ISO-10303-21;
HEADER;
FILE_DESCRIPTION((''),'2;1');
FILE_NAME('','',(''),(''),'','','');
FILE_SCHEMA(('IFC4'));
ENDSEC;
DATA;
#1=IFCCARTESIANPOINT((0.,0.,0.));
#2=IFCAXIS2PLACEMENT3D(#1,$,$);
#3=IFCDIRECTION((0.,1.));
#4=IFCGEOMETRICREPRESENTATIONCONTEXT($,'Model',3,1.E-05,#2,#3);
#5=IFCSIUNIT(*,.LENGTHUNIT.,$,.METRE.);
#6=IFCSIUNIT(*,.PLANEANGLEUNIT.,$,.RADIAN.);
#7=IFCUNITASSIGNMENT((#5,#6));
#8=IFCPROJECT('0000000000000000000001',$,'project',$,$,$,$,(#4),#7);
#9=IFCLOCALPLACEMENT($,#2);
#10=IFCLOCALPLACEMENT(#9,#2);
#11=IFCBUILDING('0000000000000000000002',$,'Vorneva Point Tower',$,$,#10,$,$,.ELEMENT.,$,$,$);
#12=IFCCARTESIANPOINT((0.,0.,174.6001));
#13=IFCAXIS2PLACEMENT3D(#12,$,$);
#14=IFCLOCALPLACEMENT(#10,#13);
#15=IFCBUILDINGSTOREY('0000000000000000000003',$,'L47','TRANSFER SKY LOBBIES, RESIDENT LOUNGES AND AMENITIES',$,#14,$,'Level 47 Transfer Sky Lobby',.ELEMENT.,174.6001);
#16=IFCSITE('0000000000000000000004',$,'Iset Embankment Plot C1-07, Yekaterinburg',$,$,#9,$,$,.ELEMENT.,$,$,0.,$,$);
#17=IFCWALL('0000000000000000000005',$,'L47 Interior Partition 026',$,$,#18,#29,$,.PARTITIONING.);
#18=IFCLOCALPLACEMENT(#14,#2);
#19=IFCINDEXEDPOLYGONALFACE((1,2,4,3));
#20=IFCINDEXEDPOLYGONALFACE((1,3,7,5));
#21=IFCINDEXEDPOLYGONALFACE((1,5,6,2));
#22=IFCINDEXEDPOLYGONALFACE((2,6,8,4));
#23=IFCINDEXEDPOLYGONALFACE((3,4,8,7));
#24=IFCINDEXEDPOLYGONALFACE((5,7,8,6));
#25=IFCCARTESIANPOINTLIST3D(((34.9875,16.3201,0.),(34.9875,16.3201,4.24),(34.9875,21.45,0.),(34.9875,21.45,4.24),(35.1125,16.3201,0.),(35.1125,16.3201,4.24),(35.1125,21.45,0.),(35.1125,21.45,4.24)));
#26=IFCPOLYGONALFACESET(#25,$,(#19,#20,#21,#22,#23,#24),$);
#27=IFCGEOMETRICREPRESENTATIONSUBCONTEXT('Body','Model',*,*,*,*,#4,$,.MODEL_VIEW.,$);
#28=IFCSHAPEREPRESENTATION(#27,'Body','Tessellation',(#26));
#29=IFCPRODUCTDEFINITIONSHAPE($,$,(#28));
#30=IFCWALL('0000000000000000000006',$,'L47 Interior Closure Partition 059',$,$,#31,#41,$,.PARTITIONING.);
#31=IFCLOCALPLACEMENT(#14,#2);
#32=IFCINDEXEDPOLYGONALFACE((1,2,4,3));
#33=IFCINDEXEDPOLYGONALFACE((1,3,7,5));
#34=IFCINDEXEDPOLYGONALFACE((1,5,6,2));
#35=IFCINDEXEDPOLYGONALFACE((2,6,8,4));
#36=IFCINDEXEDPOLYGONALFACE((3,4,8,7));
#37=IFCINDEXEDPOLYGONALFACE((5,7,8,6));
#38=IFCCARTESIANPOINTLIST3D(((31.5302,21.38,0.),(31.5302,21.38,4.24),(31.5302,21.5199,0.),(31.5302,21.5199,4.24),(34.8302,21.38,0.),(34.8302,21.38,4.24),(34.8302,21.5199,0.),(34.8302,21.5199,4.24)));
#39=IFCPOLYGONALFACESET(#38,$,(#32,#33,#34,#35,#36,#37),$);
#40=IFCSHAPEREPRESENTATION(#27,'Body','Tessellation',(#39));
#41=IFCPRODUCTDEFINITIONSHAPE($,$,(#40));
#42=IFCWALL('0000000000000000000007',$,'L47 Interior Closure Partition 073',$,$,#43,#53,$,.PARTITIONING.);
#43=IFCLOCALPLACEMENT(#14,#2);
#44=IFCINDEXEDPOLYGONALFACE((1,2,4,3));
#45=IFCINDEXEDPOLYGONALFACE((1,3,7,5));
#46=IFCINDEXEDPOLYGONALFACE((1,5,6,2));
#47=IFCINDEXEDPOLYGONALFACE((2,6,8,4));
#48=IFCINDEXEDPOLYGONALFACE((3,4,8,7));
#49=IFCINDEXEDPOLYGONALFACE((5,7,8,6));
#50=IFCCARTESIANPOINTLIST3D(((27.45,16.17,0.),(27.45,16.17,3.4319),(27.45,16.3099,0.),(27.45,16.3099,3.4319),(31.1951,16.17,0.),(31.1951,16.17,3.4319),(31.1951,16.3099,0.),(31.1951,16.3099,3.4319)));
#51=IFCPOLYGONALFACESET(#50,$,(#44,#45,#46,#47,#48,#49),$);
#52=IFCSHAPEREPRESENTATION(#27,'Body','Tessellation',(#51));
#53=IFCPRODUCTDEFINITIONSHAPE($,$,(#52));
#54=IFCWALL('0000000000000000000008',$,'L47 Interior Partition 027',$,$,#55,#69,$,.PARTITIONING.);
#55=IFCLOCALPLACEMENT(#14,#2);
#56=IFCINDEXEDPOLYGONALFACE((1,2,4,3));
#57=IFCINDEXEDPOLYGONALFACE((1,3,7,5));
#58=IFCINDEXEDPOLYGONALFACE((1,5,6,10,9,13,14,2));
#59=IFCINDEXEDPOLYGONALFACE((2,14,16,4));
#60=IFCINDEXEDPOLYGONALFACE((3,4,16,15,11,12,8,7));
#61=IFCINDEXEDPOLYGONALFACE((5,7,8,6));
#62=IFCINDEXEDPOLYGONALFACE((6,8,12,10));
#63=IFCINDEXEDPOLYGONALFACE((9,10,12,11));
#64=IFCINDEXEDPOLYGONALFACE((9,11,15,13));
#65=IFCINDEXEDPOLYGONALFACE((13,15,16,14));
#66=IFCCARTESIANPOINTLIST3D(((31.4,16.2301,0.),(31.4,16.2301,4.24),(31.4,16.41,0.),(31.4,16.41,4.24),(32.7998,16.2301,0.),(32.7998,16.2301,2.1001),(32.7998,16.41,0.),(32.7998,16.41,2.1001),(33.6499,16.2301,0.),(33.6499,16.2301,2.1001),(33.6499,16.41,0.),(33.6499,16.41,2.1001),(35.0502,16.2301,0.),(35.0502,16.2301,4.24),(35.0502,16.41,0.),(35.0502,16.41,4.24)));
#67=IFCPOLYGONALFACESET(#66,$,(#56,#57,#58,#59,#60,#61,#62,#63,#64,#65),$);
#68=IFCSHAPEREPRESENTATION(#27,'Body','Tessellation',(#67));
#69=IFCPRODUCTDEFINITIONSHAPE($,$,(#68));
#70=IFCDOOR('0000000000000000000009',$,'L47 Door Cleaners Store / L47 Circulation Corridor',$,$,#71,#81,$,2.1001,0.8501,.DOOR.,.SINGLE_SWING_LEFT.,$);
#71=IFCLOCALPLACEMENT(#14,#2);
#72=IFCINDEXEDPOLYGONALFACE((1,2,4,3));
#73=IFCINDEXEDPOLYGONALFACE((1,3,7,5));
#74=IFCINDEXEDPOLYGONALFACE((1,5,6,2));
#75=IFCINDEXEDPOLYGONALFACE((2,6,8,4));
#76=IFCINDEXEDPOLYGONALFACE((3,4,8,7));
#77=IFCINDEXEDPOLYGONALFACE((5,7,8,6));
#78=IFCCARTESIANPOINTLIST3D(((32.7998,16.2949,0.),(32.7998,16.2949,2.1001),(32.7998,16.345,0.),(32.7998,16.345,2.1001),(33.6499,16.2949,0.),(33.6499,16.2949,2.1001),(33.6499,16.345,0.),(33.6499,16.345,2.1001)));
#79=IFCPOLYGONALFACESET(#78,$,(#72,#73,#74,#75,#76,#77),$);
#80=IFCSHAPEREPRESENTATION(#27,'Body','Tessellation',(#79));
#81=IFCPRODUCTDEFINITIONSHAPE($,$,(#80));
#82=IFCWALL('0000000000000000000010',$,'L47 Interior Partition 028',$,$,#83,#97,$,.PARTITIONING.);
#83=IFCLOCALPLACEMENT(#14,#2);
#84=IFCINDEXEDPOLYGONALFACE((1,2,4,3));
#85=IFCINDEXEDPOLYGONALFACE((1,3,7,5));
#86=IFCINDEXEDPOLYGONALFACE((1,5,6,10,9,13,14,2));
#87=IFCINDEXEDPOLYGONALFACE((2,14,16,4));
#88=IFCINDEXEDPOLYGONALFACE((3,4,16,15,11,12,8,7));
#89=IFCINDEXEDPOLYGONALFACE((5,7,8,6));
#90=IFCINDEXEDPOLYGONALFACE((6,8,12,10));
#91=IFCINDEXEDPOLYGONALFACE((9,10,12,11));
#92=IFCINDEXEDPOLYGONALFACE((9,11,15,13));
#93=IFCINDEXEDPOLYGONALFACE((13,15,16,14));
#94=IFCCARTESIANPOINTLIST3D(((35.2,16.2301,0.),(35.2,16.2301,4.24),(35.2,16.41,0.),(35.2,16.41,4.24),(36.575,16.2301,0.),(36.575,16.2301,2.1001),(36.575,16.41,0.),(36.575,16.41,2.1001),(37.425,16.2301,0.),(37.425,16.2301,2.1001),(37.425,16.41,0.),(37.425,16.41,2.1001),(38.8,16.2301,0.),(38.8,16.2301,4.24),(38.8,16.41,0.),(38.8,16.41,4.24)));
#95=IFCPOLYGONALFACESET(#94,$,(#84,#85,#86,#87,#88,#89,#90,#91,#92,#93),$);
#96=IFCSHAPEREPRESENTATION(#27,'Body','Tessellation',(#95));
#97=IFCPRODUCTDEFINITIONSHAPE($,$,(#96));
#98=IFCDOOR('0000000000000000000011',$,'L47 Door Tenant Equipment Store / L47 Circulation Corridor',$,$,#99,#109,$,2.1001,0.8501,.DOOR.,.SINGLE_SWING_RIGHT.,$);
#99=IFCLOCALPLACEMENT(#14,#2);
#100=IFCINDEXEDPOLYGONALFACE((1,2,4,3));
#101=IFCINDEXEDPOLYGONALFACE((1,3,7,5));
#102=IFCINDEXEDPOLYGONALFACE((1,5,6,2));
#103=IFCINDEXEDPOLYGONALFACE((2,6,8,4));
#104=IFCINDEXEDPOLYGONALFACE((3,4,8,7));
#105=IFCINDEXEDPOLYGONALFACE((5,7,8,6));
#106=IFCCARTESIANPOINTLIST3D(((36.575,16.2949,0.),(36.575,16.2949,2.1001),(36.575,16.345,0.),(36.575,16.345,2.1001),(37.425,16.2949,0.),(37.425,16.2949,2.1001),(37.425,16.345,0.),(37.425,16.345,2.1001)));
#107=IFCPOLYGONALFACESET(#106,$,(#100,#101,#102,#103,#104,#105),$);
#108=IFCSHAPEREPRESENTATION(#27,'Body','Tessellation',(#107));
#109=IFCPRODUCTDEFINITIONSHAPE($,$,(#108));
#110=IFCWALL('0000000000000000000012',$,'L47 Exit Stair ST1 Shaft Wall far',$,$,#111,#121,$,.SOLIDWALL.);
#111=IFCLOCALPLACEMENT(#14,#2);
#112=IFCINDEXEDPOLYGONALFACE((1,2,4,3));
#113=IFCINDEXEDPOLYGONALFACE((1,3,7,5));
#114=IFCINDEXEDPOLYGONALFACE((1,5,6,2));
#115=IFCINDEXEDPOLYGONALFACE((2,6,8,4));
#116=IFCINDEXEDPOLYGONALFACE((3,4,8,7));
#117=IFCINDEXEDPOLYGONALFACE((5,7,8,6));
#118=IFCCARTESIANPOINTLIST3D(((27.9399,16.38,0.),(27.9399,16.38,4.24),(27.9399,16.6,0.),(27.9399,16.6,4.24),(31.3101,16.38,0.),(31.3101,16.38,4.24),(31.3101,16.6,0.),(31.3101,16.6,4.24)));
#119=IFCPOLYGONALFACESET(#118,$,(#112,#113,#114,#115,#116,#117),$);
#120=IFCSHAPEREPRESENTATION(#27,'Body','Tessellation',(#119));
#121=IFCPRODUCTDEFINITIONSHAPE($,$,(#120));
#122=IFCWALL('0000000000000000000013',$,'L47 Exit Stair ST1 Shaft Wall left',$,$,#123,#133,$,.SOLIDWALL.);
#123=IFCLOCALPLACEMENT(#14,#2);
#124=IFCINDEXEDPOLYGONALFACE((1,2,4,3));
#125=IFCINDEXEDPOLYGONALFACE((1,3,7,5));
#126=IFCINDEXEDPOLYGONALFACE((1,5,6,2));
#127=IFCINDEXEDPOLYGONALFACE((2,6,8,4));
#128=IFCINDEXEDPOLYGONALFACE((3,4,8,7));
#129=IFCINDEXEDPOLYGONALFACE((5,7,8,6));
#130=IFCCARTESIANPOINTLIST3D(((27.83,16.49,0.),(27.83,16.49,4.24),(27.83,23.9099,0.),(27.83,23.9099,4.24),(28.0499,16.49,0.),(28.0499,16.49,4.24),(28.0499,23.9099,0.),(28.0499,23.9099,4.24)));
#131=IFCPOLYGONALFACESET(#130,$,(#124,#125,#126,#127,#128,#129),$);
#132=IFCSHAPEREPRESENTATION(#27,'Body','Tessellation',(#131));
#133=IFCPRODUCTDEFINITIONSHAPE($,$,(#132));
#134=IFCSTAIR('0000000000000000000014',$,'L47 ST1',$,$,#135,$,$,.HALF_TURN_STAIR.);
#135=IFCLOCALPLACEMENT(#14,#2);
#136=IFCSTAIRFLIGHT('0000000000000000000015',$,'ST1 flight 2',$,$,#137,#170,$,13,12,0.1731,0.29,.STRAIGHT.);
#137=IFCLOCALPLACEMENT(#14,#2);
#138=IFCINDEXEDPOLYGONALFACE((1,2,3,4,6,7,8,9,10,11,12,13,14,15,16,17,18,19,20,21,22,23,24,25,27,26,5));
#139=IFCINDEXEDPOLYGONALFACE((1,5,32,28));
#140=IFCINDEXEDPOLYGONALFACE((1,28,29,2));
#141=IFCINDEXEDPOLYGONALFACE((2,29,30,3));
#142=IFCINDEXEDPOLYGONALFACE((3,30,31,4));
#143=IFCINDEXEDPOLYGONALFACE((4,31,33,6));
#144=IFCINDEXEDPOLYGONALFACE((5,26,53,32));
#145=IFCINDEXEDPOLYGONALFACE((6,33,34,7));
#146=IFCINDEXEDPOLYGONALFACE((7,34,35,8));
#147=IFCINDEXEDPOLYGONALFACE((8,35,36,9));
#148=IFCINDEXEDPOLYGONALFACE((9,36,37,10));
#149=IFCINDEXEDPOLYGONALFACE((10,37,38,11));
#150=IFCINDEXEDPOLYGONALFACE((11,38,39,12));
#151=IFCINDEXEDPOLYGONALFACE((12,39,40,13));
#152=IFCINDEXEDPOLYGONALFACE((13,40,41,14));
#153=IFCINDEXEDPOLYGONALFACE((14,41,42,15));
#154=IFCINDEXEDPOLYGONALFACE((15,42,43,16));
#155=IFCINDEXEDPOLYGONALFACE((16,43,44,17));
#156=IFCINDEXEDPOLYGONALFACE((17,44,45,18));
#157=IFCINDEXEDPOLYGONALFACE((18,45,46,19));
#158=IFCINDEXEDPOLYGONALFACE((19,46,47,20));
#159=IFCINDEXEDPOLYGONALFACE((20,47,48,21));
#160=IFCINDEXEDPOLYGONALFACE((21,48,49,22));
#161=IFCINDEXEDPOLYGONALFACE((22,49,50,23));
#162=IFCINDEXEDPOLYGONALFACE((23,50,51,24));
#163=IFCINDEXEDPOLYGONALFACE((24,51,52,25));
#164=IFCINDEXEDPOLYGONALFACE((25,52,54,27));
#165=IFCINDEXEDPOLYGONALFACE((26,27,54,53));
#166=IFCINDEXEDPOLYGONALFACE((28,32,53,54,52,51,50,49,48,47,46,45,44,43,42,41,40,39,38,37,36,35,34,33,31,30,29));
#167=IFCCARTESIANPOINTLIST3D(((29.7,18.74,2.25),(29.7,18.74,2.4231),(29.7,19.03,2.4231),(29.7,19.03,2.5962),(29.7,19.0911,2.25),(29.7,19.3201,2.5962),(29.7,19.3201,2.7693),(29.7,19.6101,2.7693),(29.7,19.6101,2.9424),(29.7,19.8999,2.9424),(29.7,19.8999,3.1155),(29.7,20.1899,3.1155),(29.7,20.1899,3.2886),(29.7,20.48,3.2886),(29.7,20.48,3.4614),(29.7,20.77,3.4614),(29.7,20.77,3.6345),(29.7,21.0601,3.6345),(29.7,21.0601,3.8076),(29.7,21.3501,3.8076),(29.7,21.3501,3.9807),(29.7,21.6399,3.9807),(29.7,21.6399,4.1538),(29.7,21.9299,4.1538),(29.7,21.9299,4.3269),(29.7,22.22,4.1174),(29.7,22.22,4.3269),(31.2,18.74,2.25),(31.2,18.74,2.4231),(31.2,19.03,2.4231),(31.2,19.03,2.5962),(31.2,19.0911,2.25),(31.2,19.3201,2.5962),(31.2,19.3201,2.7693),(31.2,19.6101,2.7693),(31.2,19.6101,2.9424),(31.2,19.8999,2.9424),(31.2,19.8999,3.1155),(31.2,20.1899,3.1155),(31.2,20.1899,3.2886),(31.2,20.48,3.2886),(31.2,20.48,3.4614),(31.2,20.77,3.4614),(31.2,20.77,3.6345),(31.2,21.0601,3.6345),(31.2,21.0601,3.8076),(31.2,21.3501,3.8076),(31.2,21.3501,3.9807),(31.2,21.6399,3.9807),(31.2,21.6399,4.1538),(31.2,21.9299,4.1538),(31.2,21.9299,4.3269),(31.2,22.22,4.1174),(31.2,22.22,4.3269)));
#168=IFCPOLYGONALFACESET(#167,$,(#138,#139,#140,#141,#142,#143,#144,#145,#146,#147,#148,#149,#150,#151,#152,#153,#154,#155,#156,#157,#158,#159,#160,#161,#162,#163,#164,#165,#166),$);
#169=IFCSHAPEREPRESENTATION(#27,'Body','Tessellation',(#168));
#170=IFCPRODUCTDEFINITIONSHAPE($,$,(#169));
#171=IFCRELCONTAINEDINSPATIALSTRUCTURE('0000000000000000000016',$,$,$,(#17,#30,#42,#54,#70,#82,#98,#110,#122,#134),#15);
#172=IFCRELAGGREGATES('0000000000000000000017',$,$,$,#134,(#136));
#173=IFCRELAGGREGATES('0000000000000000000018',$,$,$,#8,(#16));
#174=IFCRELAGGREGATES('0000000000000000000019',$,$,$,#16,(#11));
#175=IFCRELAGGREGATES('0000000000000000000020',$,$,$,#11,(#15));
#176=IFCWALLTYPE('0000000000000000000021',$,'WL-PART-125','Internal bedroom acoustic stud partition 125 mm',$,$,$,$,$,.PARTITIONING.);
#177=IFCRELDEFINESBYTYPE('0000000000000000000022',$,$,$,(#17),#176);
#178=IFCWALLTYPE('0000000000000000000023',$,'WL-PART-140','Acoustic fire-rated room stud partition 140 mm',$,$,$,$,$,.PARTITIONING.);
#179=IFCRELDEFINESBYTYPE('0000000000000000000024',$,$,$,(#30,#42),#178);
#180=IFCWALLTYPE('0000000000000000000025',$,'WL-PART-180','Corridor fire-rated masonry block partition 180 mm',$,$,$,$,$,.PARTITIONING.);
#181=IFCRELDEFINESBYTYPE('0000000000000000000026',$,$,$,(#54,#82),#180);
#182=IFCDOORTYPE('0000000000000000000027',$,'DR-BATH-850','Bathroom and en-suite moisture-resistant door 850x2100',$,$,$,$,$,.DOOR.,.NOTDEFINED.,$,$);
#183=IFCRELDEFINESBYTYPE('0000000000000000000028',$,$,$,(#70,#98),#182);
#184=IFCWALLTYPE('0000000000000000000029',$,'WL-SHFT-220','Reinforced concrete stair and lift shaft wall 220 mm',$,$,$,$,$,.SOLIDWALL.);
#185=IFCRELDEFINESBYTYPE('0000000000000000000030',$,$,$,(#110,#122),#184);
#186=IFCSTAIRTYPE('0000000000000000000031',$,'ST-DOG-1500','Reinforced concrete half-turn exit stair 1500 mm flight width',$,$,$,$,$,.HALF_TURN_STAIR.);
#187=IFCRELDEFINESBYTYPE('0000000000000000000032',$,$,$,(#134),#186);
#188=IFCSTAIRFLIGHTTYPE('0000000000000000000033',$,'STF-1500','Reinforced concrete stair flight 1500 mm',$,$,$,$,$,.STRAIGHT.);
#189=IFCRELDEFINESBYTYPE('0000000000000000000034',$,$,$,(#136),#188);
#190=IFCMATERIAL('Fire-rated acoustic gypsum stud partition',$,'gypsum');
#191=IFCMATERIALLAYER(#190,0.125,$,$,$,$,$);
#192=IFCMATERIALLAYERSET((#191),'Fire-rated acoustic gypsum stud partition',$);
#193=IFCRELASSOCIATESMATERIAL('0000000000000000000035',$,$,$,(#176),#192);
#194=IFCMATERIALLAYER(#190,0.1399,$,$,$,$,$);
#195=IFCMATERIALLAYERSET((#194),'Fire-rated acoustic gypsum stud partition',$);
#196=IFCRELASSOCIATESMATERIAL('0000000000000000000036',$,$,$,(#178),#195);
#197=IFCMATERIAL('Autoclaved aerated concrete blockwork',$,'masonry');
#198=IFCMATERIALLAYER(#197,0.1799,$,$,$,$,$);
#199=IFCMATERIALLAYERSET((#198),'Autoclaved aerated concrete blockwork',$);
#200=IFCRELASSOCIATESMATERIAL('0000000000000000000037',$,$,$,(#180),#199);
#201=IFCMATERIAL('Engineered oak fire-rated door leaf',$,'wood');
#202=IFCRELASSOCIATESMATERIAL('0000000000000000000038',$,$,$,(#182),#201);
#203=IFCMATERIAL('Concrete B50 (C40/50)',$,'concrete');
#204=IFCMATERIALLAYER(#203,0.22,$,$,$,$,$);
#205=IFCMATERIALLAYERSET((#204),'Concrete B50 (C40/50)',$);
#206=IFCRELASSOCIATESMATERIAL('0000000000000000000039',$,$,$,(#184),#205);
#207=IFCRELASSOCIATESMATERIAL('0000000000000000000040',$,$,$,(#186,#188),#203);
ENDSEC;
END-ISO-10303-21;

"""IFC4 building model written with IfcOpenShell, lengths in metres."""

from ifc_helpers import new_model, si_unit, direction, frame, frame_2d, origin, place, context, subcontext, project, spatial, polyline, rectangle, outline, extrude, material, layer, layer_set, type_object, element, fill, aggregate, save


model = new_model("IFC4")

# Units and contexts
model_context = context("Model", 3, precision=1e-05, world=origin(), true_north=direction((0.0, 1.0)))
body_context = subcontext(model_context, "Body", "Model", "MODEL_VIEW")
ifc_project = project(units=[si_unit("LENGTHUNIT", "METRE"), si_unit("PLANEANGLEUNIT", "RADIAN")], contexts=[model_context])

# Site, building, storey
site_placement = place(None, origin())
site = spatial("IfcSite", under=ifc_project, at=site_placement, Name="Iset Embankment Plot C1-07, Yekaterinburg", CompositionType="ELEMENT", RefElevation=0.0)
building_placement = place(site_placement, origin())
building = spatial("IfcBuilding", under=site, at=building_placement, Name="Vorneva Point Tower", CompositionType="ELEMENT")
storey_placement = place(building_placement, frame((0.0, 0.0, 174.6001)))
storey = spatial("IfcBuildingStorey", under=building, at=storey_placement, Name="L47", Description="TRANSFER SKY LOBBIES, RESIDENT LOUNGES AND AMENITIES", LongName="Level 47 Transfer Sky Lobby", CompositionType="ELEMENT", Elevation=174.6001)

# Walls
ifc_material_1 = material(Name="Fire-rated acoustic gypsum stud partition", Category="gypsum")
ifc_layer_1 = layer(ifc_material_1, 0.125)
ifc_layer_set_1 = layer_set([ifc_layer_1], Name="Fire-rated acoustic gypsum stud partition")
wall_type_1 = type_object("IfcWallType", Name="WL-PART-125", Description="Internal bedroom acoustic stud partition 125 mm", PredefinedType="PARTITIONING", material=ifc_layer_set_1)
wall_1_placement = place(storey_placement, frame((35.05, 16.3201, 0.0), z_axis=(0.0, 0.0, 1.0), x_axis=(0.0, 1.0, 0.0)))
element("IfcWall", 1, at=wall_1_placement, inside=storey, type_object=wall_type_1, Name="L47 Interior Partition 026", PredefinedType="PARTITIONING", context=body_context, shape_type="SweptSolid", body=[
    extrude(rectangle(XDim=5.1299, YDim=0.125, at=frame_2d((2.5649, 0.0))), origin(), (0.0, 0.0, 1.0), 4.24),
])
ifc_layer_2 = layer(ifc_material_1, 0.1399)
ifc_layer_set_2 = layer_set([ifc_layer_2], Name="Fire-rated acoustic gypsum stud partition")
wall_type_2 = type_object("IfcWallType", Name="WL-PART-140", Description="Acoustic fire-rated room stud partition 140 mm", PredefinedType="PARTITIONING", material=ifc_layer_set_2)
wall_2_placement = place(storey_placement, frame((34.8301, 21.45, 0.0), z_axis=(0.0, 0.0, 1.0), x_axis=(-1.0, 0.0, 0.0)))
element("IfcWall", 2, at=wall_2_placement, inside=storey, type_object=wall_type_2, Name="L47 Interior Closure Partition 059", PredefinedType="PARTITIONING", context=body_context, shape_type="SweptSolid", body=[
    extrude(rectangle(XDim=3.3, YDim=0.1399, at=frame_2d((1.6499, 0.0))), origin(), (0.0, 0.0, 1.0), 4.24),
])
wall_3_placement = place(storey_placement, frame((27.45, 16.24, 0.0), z_axis=(0.0, 0.0, 1.0), x_axis=(1.0, 0.0, 0.0)))
element("IfcWall", 3, at=wall_3_placement, inside=storey, type_object=wall_type_2, Name="L47 Interior Closure Partition 073", PredefinedType="PARTITIONING", context=body_context, shape_type="SweptSolid", body=[
    extrude(rectangle(XDim=3.7451, YDim=0.1399, at=frame_2d((1.8726, 0.0))), origin(), (0.0, 0.0, 1.0), 3.4319),
])

# Walls, openings, doors
ifc_material_2 = material(Name="Autoclaved aerated concrete blockwork", Category="masonry")
ifc_layer_3 = layer(ifc_material_2, 0.1799)
ifc_layer_set_3 = layer_set([ifc_layer_3], Name="Autoclaved aerated concrete blockwork")
wall_type_3 = type_object("IfcWallType", Name="WL-PART-180", Description="Corridor fire-rated masonry block partition 180 mm", PredefinedType="PARTITIONING", material=ifc_layer_set_3)
wall_4_placement = place(storey_placement, frame((31.3999, 16.3201, 0.0), z_axis=(0.0, 0.0, 1.0), x_axis=(1.0, 0.0, 0.0)))
wall_4 = element("IfcWall", 4, at=wall_4_placement, inside=storey, type_object=wall_type_3, Name="L47 Interior Partition 027", PredefinedType="PARTITIONING", context=body_context, shape_type="SweptSolid", body=[
    extrude(rectangle(XDim=3.6501, YDim=0.1799, at=frame_2d((1.8252, 0.0))), origin(), (0.0, 0.0, 1.0), 4.24),
])
opening_1_placement = place(wall_4_placement, frame((1.3999, 0.0, 0.0)))
opening_1 = element("IfcOpeningElement", 5, at=opening_1_placement, cuts=wall_4, PredefinedType="OPENING", context=body_context, shape_type="SweptSolid", body=[
    extrude(rectangle(XDim=0.8501, YDim=2.1001, at=frame_2d((0.425, 1.05))), frame((0.0, 0.105, 0.0), z_axis=(0.0, -1.0, 0.0), x_axis=(1.0, 0.0, 0.0)), (0.0, 0.0, 1.0), 0.2097),
])
ifc_material_3 = material(Name="Engineered oak fire-rated door leaf", Category="wood")
door_type = type_object("IfcDoorType", Name="DR-BATH-850", Description="Bathroom and en-suite moisture-resistant door 850x2100", OperationType="NOTDEFINED", PredefinedType="DOOR", material=ifc_material_3)
door_1_placement = place(opening_1_placement, origin())
door_1 = element("IfcDoor", 6, at=door_1_placement, inside=storey, type_object=door_type, Name="L47 Door Cleaners Store / L47 Circulation Corridor", OperationType="SINGLE_SWING_LEFT", OverallHeight=2.1001, OverallWidth=0.8501, PredefinedType="DOOR", context=body_context, shape_type="SweptSolid", body=[
    extrude(rectangle(XDim=0.8501, YDim=2.1001, at=frame_2d((0.425, 1.05))), frame((0.0, 0.0249, 0.0), z_axis=(0.0, -1.0, 0.0), x_axis=(1.0, 0.0, 0.0)), (0.0, 0.0, 1.0), 0.05),
])
fill(opening_1, door_1)
wall_5_placement = place(storey_placement, frame((35.2, 16.3201, 0.0), z_axis=(0.0, 0.0, 1.0), x_axis=(1.0, 0.0, 0.0)))
wall_5 = element("IfcWall", 7, at=wall_5_placement, inside=storey, type_object=wall_type_3, Name="L47 Interior Partition 028", PredefinedType="PARTITIONING", context=body_context, shape_type="SweptSolid", body=[
    extrude(rectangle(XDim=3.6001, YDim=0.1799, at=frame_2d((1.8, 0.0))), origin(), (0.0, 0.0, 1.0), 4.24),
])
opening_2_placement = place(wall_5_placement, frame((1.375, 0.0, 0.0)))
opening_2 = element("IfcOpeningElement", 8, at=opening_2_placement, cuts=wall_5, PredefinedType="OPENING", context=body_context, shape_type="SweptSolid", body=[
    extrude(rectangle(XDim=0.8501, YDim=2.1001, at=frame_2d((0.425, 1.05))), frame((0.0, 0.105, 0.0), z_axis=(0.0, -1.0, 0.0), x_axis=(1.0, 0.0, 0.0)), (0.0, 0.0, 1.0), 0.2097),
])
door_2_placement = place(opening_2_placement, origin())
door_2 = element("IfcDoor", 9, at=door_2_placement, inside=storey, type_object=door_type, Name="L47 Door Tenant Equipment Store / L47 Circulation Corridor", OperationType="SINGLE_SWING_RIGHT", OverallHeight=2.1001, OverallWidth=0.8501, PredefinedType="DOOR", context=body_context, shape_type="SweptSolid", body=[
    extrude(rectangle(XDim=0.8501, YDim=2.1001, at=frame_2d((0.425, 1.05))), frame((0.0, 0.0249, 0.0), z_axis=(0.0, -1.0, 0.0), x_axis=(1.0, 0.0, 0.0)), (0.0, 0.0, 1.0), 0.05),
])
fill(opening_2, door_2)

# Walls
ifc_material_4 = material(Name="Concrete B50 (C40/50)", Category="concrete")
ifc_layer_4 = layer(ifc_material_4, 0.22)
ifc_layer_set_4 = layer_set([ifc_layer_4], Name="Concrete B50 (C40/50)")
wall_type_4 = type_object("IfcWallType", Name="WL-SHFT-220", Description="Reinforced concrete stair and lift shaft wall 220 mm", PredefinedType="SOLIDWALL", material=ifc_layer_set_4)
wall_6_placement = place(storey_placement, frame((31.3101, 16.49, 0.0), z_axis=(0.0, 0.0, 1.0), x_axis=(-1.0, 0.0, 0.0)))
element("IfcWall", 10, at=wall_6_placement, inside=storey, type_object=wall_type_4, Name="L47 Exit Stair ST1 Shaft Wall far", PredefinedType="SOLIDWALL", context=body_context, shape_type="SweptSolid", body=[
    extrude(rectangle(XDim=3.3701, YDim=0.22, at=frame_2d((1.6851, 0.0))), origin(), (0.0, 0.0, 1.0), 4.24),
])
wall_7_placement = place(storey_placement, frame((27.9399, 16.49, 0.0), z_axis=(0.0, 0.0, 1.0), x_axis=(0.0, 1.0, 0.0)))
element("IfcWall", 11, at=wall_7_placement, inside=storey, type_object=wall_type_4, Name="L47 Exit Stair ST1 Shaft Wall left", PredefinedType="SOLIDWALL", context=body_context, shape_type="SweptSolid", body=[
    extrude(rectangle(XDim=7.4199, YDim=0.22, at=frame_2d((3.71, 0.0))), origin(), (0.0, 0.0, 1.0), 4.24),
])

# Stair, stair flight
stair_type = type_object("IfcStairType", Name="ST-DOG-1500", Description="Reinforced concrete half-turn exit stair 1500 mm flight width", PredefinedType="HALF_TURN_STAIR", material=ifc_material_4)
stair_placement = place(storey_placement, origin())
stair = element("IfcStair", 12, at=stair_placement, inside=storey, type_object=stair_type, Name="L47 ST1", PredefinedType="HALF_TURN_STAIR")
stair_flight_type = type_object("IfcStairFlightType", Name="STF-1500", Description="Reinforced concrete stair flight 1500 mm", PredefinedType="STRAIGHT", material=ifc_material_4)
stair_flight_placement = place(storey_placement, frame((30.45, 18.74, 2.25), z_axis=(0.0, 0.0, 1.0), x_axis=(0.0, 1.0, 0.0)))
stair_flight = element("IfcStairFlight", 13, at=stair_flight_placement, type_object=stair_flight_type, Name="ST1 flight 2", NumberOfRisers=13, NumberOfTreads=12, PredefinedType="STRAIGHT", RiserHeight=0.1731, TreadLength=0.29, context=body_context, shape_type="SweptSolid", body=[
    extrude(outline(polyline([(0.0, 0.0), (0.0, 0.1731), (0.29, 0.1731), (0.29, 0.3462), (0.5801, 0.3462), (0.5801, 0.5193), (0.8701, 0.5193), (0.8701, 0.6924), (1.1599, 0.6924), (1.1599, 0.8655), (1.45, 0.8655), (1.45, 1.0386), (1.74, 1.0386), (1.74, 1.2114), (2.03, 1.2114), (2.03, 1.3845), (2.3201, 1.3845), (2.3201, 1.5576), (2.6101, 1.5576), (2.6101, 1.7307), (2.8999, 1.7307), (2.8999, 1.9038), (3.1899, 1.9038), (3.1899, 2.0769), (3.48, 2.0769), (3.48, 2.25), (3.48, 1.8674), (0.3511, 0.0), (0.0, 0.0)])), frame((0.0, 0.75, 0.0), z_axis=(0.0, -1.0, 0.0), x_axis=(1.0, 0.0, 0.0)), (0.0, 0.0, 1.0), 1.5),
])
aggregate(stair, [stair_flight])

save(model, "model.ifc")
